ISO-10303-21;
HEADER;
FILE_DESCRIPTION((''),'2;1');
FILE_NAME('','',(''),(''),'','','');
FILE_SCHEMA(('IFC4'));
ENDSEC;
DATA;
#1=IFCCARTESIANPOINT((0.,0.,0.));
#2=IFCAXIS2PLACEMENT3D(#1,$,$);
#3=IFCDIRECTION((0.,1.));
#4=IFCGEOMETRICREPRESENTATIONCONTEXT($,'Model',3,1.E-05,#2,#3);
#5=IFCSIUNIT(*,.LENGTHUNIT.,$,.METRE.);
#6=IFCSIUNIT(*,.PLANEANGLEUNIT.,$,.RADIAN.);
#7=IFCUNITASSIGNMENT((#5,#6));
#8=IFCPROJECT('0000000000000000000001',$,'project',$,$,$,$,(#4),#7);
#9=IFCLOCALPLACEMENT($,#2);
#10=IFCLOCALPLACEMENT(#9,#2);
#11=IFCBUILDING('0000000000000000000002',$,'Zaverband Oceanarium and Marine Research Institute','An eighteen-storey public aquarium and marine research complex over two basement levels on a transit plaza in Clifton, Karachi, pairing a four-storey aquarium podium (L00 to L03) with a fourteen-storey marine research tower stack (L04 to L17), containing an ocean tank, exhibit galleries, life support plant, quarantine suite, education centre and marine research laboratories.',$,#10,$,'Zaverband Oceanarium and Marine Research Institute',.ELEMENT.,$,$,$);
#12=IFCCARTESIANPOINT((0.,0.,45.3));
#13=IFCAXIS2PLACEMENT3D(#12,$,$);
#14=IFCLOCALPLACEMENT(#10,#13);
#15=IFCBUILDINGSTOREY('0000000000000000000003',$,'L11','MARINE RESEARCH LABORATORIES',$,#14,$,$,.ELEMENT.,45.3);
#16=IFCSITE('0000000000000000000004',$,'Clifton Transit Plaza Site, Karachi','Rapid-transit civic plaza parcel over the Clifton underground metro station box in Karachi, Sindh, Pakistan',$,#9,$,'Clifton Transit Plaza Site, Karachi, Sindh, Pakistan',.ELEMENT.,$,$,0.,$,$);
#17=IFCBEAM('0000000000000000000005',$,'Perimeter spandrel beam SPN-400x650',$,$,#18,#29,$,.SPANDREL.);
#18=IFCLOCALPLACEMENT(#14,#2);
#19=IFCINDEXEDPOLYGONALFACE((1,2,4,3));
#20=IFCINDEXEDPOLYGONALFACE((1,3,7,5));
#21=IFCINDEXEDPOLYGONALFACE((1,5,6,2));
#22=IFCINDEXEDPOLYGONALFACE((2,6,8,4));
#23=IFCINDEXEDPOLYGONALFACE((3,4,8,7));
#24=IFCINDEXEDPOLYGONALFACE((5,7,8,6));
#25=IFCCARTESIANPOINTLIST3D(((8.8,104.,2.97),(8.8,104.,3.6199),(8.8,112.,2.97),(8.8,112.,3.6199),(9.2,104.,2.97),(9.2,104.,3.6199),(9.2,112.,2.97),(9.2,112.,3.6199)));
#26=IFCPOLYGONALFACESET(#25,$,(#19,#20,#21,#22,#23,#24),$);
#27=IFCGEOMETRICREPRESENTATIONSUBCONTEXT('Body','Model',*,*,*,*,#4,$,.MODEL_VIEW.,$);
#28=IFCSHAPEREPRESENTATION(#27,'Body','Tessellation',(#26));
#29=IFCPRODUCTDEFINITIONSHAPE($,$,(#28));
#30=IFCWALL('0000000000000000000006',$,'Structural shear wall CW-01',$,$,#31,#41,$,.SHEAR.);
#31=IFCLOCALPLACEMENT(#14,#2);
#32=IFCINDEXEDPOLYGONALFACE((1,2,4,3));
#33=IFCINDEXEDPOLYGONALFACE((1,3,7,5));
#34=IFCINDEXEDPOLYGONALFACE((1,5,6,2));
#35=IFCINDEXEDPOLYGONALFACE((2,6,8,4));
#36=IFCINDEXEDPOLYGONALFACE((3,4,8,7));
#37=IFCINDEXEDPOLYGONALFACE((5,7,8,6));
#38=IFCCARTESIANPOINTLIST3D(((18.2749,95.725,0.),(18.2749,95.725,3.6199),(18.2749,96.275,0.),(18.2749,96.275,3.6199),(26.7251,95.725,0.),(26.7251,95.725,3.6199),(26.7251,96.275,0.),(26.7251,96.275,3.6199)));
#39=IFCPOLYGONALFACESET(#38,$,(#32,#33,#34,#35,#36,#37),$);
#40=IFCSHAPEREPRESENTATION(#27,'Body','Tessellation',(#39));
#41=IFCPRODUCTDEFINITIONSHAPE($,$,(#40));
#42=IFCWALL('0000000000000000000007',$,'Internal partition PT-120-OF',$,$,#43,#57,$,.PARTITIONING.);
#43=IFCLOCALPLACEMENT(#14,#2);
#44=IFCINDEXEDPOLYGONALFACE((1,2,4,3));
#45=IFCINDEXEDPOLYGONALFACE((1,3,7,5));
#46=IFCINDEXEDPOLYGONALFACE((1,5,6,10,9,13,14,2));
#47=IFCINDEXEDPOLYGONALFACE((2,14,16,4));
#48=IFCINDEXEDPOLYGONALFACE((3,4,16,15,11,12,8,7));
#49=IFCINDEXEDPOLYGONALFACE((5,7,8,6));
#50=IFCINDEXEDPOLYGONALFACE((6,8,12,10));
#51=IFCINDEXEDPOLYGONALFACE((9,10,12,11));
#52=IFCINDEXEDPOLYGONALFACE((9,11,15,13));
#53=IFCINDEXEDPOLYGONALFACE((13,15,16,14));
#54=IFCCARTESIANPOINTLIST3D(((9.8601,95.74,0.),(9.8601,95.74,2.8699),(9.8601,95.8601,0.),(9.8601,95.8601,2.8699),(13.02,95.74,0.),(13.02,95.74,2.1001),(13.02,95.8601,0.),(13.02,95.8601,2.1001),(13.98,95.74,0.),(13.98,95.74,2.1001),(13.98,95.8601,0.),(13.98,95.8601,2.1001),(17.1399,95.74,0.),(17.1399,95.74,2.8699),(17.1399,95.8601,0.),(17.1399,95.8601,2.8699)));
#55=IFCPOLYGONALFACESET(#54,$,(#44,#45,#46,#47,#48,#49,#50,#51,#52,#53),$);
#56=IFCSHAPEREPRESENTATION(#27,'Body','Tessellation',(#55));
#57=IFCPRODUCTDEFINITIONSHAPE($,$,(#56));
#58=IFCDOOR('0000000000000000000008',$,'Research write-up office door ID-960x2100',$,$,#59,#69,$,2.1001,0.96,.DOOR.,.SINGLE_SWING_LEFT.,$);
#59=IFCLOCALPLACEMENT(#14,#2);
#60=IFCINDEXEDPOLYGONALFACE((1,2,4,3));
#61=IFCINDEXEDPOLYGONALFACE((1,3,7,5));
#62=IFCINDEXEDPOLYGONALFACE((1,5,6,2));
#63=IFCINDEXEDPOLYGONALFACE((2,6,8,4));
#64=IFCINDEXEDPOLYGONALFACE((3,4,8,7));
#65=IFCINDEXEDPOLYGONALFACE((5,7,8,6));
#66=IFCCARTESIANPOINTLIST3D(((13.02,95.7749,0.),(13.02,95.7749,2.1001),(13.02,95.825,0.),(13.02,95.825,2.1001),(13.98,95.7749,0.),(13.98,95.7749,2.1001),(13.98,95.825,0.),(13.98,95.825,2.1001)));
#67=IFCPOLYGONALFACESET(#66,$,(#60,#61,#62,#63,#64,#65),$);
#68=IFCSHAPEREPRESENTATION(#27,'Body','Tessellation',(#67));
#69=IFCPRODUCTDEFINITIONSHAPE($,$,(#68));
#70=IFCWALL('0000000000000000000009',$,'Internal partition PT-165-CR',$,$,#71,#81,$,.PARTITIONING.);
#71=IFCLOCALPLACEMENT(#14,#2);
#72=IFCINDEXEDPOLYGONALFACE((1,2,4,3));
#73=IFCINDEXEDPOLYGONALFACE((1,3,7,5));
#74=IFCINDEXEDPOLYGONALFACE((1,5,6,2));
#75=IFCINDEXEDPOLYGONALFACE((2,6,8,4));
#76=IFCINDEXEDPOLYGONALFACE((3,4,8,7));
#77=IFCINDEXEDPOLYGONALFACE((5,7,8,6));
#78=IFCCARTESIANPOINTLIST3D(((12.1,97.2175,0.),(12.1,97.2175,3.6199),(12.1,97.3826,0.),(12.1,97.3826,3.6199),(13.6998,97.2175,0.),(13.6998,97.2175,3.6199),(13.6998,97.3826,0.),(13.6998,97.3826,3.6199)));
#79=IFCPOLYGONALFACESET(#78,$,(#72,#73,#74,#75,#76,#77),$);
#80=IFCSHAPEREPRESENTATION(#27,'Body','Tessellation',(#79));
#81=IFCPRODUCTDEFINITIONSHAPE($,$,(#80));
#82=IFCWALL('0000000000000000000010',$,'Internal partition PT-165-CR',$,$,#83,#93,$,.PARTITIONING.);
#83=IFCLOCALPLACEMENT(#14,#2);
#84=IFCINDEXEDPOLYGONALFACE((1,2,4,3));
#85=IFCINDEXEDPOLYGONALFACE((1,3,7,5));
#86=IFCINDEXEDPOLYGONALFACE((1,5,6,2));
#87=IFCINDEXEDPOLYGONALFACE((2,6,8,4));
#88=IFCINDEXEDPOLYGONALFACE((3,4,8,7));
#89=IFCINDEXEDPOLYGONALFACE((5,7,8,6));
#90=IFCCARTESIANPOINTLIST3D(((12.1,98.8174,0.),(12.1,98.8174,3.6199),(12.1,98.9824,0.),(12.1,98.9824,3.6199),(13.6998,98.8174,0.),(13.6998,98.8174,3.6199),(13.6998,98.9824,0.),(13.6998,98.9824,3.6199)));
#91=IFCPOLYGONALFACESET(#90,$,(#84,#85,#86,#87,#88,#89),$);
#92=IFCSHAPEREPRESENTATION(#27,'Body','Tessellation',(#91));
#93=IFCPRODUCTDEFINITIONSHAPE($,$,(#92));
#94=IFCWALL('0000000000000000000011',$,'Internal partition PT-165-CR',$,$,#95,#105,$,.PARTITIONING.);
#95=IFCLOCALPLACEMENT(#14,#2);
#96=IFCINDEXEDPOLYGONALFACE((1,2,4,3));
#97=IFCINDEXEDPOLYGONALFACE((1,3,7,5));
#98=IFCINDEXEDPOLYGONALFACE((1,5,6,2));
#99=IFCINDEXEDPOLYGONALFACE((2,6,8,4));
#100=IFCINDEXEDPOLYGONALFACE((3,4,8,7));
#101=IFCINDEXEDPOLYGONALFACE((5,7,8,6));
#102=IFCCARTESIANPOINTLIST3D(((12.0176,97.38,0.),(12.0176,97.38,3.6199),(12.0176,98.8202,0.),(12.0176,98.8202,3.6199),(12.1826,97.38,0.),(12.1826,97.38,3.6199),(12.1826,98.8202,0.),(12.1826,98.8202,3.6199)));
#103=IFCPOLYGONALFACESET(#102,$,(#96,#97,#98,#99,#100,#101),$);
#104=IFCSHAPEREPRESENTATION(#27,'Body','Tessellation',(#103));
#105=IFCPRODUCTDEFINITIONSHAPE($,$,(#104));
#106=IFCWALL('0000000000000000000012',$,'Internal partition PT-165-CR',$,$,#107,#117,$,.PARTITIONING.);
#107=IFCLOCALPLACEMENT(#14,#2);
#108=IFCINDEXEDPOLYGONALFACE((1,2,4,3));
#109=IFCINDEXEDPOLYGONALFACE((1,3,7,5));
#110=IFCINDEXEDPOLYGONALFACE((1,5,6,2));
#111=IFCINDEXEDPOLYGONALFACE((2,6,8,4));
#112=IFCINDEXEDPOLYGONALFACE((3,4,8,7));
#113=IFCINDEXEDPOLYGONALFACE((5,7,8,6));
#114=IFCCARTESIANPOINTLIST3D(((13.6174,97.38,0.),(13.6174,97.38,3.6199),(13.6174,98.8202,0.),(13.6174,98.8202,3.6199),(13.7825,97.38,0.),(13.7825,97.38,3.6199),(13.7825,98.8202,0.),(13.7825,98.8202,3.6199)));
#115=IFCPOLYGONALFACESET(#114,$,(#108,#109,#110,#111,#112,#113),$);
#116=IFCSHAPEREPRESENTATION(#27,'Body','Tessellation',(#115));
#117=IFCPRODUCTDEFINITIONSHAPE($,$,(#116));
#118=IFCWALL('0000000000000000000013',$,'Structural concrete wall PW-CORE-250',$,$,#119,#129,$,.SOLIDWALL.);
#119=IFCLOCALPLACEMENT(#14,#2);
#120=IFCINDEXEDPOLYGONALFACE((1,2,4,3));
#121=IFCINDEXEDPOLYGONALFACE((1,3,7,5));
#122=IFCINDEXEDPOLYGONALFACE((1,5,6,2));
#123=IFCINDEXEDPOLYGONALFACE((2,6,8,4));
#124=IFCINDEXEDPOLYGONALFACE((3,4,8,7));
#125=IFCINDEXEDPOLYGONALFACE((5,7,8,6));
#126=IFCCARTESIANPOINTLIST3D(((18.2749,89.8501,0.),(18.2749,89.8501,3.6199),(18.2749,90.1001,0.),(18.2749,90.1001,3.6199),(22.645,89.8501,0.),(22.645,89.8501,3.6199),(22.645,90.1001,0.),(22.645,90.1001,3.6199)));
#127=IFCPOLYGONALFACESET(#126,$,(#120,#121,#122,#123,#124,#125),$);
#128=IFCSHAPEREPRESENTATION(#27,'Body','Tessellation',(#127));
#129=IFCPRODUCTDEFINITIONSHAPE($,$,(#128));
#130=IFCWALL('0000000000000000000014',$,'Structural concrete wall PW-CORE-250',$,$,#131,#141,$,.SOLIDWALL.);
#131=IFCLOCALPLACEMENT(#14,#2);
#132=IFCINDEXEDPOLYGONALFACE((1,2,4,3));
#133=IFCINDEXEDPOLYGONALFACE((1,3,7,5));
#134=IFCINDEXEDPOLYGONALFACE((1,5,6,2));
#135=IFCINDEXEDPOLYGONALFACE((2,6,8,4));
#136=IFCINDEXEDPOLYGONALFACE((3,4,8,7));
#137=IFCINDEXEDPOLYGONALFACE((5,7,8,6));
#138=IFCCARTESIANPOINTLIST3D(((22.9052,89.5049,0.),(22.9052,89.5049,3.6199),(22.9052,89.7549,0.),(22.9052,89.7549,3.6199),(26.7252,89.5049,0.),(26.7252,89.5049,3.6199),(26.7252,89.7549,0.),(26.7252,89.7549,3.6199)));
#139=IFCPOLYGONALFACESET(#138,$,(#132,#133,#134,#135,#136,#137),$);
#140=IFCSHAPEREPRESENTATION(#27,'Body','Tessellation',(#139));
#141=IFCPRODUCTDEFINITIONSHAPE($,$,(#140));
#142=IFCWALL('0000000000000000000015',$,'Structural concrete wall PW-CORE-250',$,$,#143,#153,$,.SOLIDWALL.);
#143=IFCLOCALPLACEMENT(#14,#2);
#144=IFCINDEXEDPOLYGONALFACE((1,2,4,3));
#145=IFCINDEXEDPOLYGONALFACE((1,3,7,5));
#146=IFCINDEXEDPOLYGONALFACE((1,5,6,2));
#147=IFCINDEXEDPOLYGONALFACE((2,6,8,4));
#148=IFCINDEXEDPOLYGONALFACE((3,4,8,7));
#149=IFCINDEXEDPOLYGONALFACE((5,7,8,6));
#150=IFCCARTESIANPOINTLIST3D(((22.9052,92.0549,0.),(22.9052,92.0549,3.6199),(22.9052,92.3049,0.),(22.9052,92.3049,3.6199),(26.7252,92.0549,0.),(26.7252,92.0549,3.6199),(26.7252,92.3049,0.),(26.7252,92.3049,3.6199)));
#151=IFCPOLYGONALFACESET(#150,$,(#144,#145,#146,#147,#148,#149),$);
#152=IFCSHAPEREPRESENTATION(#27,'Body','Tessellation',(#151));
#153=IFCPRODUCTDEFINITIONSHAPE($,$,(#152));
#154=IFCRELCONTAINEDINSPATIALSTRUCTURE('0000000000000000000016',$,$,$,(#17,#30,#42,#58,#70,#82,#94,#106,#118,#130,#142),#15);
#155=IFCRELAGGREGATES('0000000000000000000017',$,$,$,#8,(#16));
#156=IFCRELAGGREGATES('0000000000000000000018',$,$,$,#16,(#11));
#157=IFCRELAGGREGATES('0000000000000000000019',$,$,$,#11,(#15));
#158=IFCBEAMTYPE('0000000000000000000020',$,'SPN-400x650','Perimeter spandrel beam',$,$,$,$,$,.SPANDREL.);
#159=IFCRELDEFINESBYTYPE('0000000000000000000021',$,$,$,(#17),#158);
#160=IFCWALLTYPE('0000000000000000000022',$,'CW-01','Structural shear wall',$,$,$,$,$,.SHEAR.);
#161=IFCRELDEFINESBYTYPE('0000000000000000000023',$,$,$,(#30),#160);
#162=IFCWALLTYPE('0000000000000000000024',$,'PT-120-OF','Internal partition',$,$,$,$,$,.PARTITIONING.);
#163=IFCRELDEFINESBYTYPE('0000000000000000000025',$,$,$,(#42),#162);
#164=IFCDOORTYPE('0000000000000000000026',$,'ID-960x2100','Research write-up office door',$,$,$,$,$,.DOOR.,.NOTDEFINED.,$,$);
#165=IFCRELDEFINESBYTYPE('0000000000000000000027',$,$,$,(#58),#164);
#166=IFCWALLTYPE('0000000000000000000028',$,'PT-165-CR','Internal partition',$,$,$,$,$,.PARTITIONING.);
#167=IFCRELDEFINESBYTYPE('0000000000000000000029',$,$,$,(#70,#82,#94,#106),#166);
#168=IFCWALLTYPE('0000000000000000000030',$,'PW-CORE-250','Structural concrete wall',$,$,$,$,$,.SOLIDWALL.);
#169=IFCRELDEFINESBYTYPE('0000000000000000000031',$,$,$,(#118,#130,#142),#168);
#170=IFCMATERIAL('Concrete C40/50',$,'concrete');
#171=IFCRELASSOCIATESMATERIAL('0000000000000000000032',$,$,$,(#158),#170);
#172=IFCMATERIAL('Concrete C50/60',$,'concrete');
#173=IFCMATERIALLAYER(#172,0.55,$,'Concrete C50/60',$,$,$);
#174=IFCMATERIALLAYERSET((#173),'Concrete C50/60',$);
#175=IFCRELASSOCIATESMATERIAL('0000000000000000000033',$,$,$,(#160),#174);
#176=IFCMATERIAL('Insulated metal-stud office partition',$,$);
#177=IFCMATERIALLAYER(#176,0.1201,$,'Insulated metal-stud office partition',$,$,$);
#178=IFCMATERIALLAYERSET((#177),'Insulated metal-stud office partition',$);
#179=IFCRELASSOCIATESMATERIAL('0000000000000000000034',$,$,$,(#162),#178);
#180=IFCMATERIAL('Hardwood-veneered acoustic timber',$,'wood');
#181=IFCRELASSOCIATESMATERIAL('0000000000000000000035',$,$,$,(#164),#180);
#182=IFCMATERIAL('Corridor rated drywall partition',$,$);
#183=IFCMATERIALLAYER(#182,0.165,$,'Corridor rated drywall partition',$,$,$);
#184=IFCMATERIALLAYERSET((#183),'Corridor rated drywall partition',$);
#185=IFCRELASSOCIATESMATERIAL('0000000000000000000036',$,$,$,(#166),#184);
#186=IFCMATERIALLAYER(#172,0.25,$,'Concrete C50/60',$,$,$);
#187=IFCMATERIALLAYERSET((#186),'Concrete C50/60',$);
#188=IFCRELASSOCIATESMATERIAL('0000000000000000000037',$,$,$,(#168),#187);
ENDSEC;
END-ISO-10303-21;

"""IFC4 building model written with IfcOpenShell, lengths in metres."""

from ifc_helpers import new_model, si_unit, direction, frame, frame_2d, origin, origin_2d, place, context, subcontext, project, spatial, rectangle, extrude, material, layer, layer_set, material_profile, profile_set, type_object, element, fill, save


model = new_model("IFC4")

# Units and contexts
model_context = context("Model", 3, precision=1e-05, world=origin(), true_north=direction((0.0, 1.0)))
body_context = subcontext(model_context, "Body", "Model", "MODEL_VIEW")
ifc_project = project(units=[si_unit("LENGTHUNIT", "METRE"), si_unit("PLANEANGLEUNIT", "RADIAN")], contexts=[model_context])

# Site, building, storey
site_placement = place(None, origin())
site = spatial("IfcSite", under=ifc_project, at=site_placement, Name="Clifton Transit Plaza Site, Karachi", Description="Rapid-transit civic plaza parcel over the Clifton underground metro station box in Karachi, Sindh, Pakistan", LongName="Clifton Transit Plaza Site, Karachi, Sindh, Pakistan", CompositionType="ELEMENT", RefElevation=0.0)
building_placement = place(site_placement, origin())
building = spatial("IfcBuilding", under=site, at=building_placement, Name="Zaverband Oceanarium and Marine Research Institute", Description="An eighteen-storey public aquarium and marine research complex over two basement levels on a transit plaza in Clifton, Karachi, pairing a four-storey aquarium podium (L00 to L03) with a fourteen-storey marine research tower stack (L04 to L17), containing an ocean tank, exhibit galleries, life support plant, quarantine suite, education centre and marine research laboratories.", LongName="Zaverband Oceanarium and Marine Research Institute", CompositionType="ELEMENT")
storey_placement = place(building_placement, frame((0.0, 0.0, 45.3)))
storey = spatial("IfcBuildingStorey", under=building, at=storey_placement, Name="L11", Description="MARINE RESEARCH LABORATORIES", CompositionType="ELEMENT", Elevation=45.3)

# Shared definitions
ifc_material_1 = material(Name="Concrete C50/60", Category="concrete")

# Shared definitions
ifc_material_2 = material(Name="Concrete C40/50", Category="concrete")

# Beam
ifc_material_profile_1 = material_profile(ifc_material_2, rectangle(XDim=0.3999, YDim=0.6499, at=origin_2d()), Name="RC400x650")
ifc_profile_set_1 = profile_set([ifc_material_profile_1], Name="Concrete C40/50")
beam_type_1 = type_object("IfcBeamType", Name="SPN-400x650", Description="Perimeter spandrel beam", PredefinedType="SPANDREL", material=ifc_profile_set_1)
beam_1_placement = place(storey_placement, frame((9.0, 104.0, 3.2949), z_axis=(0.0, 1.0, 0.0), x_axis=(-1.0, 0.0, 0.0)))
element("IfcBeam", 1, at=beam_1_placement, inside=storey, type_object=beam_type_1, Name="Perimeter spandrel beam SPN-400x650", PredefinedType="SPANDREL", context=body_context, shape_type="SweptSolid", body=[
    extrude(rectangle(XDim=0.3999, YDim=0.6499, at=origin_2d()), origin(), (0.0, 0.0, 1.0), 8.0),
])

# Wall
ifc_layer_1 = layer(ifc_material_1, 0.55, Name="Concrete C50/60")
ifc_layer_set_1 = layer_set([ifc_layer_1], Name="Concrete C50/60")
wall_type_1 = type_object("IfcWallType", Name="CW-01", Description="Structural shear wall", PredefinedType="SHEAR", material=ifc_layer_set_1)
wall_1_placement = place(storey_placement, frame((18.2749, 96.0, 0.0), z_axis=(0.0, 0.0, 1.0), x_axis=(1.0, 0.0, 0.0)))
element("IfcWall", 2, at=wall_1_placement, inside=storey, type_object=wall_type_1, Name="Structural shear wall CW-01", PredefinedType="SHEAR", context=body_context, shape_type="SweptSolid", body=[
    extrude(rectangle(XDim=8.4502, YDim=0.55, at=frame_2d((4.2251, 0.0))), origin(), (0.0, 0.0, 1.0), 3.6199),
])

# Wall, opening, door
ifc_material_3 = material(Name="Insulated metal-stud office partition")
ifc_layer_2 = layer(ifc_material_3, 0.1201, Name="Insulated metal-stud office partition")
ifc_layer_set_2 = layer_set([ifc_layer_2], Name="Insulated metal-stud office partition")
wall_type_2 = type_object("IfcWallType", Name="PT-120-OF", Description="Internal partition", PredefinedType="PARTITIONING", material=ifc_layer_set_2)
wall_2_placement = place(storey_placement, frame((9.8601, 95.8, 0.0), z_axis=(0.0, 0.0, 1.0), x_axis=(1.0, 0.0, 0.0)))
wall_2 = element("IfcWall", 3, at=wall_2_placement, inside=storey, type_object=wall_type_2, Name="Internal partition PT-120-OF", PredefinedType="PARTITIONING", context=body_context, shape_type="SweptSolid", body=[
    extrude(rectangle(XDim=7.2798, YDim=0.1201, at=frame_2d((3.6399, 0.0))), origin(), (0.0, 0.0, 1.0), 2.8699),
])
opening_placement = place(wall_2_placement, frame((3.1599, 0.0, 0.0)))
opening = element("IfcOpeningElement", 4, at=opening_placement, cuts=wall_2, PredefinedType="OPENING", context=body_context, shape_type="SweptSolid", body=[
    extrude(rectangle(XDim=0.96, YDim=2.1001, at=frame_2d((0.48, 1.05))), frame((0.0, 0.072, 0.0), z_axis=(0.0, -1.0, 0.0), x_axis=(1.0, 0.0, 0.0)), (0.0, 0.0, 1.0), 0.144),
])
ifc_material_4 = material(Name="Hardwood-veneered acoustic timber", Category="wood")
door_type = type_object("IfcDoorType", Name="ID-960x2100", Description="Research write-up office door", OperationType="NOTDEFINED", PredefinedType="DOOR", material=ifc_material_4)
door_placement = place(opening_placement, origin())
door = element("IfcDoor", 5, at=door_placement, inside=storey, type_object=door_type, Name="Research write-up office door ID-960x2100", OperationType="SINGLE_SWING_LEFT", OverallHeight=2.1001, OverallWidth=0.96, PredefinedType="DOOR", context=body_context, shape_type="SweptSolid", body=[
    extrude(rectangle(XDim=0.96, YDim=2.1001, at=frame_2d((0.48, 1.05))), frame((0.0, 0.0249, 0.0), z_axis=(0.0, -1.0, 0.0), x_axis=(1.0, 0.0, 0.0)), (0.0, 0.0, 1.0), 0.05),
])
fill(opening, door)

# Walls
ifc_material_5 = material(Name="Corridor rated drywall partition")
ifc_layer_3 = layer(ifc_material_5, 0.165, Name="Corridor rated drywall partition")
ifc_layer_set_3 = layer_set([ifc_layer_3], Name="Corridor rated drywall partition")
wall_type_3 = type_object("IfcWallType", Name="PT-165-CR", Description="Internal partition", PredefinedType="PARTITIONING", material=ifc_layer_set_3)
for number, where, z_axis, x_axis, name in (
    (6, (12.1001, 97.3, 0.0), (0.0, 0.0, 1.0), (1.0, 0.0, 0.0), "Internal partition PT-165-CR"),
    (7, (12.1001, 98.8999, 0.0), (0.0, 0.0, 1.0), (1.0, 0.0, 0.0), "Internal partition PT-165-CR"),
):
    element("IfcWall", number, at=place(storey_placement, frame(where, z_axis=z_axis, x_axis=x_axis)), inside=storey, type_object=wall_type_3, Name=name, PredefinedType="PARTITIONING", context=body_context, shape_type="SweptSolid", body=[
        extrude(rectangle(XDim=1.5999, YDim=0.165, at=frame_2d((0.7998, 0.0))), origin(), (0.0, 0.0, 1.0), 3.6199),
    ])
for number, where, z_axis, x_axis, name in (
    (8, (12.1001, 97.3799, 0.0), (0.0, 0.0, 1.0), (0.0, 1.0, 0.0), "Internal partition PT-165-CR"),
    (9, (13.7, 97.3799, 0.0), (0.0, 0.0, 1.0), (0.0, 1.0, 0.0), "Internal partition PT-165-CR"),
):
    element("IfcWall", number, at=place(storey_placement, frame(where, z_axis=z_axis, x_axis=x_axis)), inside=storey, type_object=wall_type_3, Name=name, PredefinedType="PARTITIONING", context=body_context, shape_type="SweptSolid", body=[
        extrude(rectangle(XDim=1.4402, YDim=0.165, at=frame_2d((0.7202, 0.0))), origin(), (0.0, 0.0, 1.0), 3.6199),
    ])
ifc_layer_4 = layer(ifc_material_1, 0.25, Name="Concrete C50/60")
ifc_layer_set_4 = layer_set([ifc_layer_4], Name="Concrete C50/60")
wall_type_4 = type_object("IfcWallType", Name="PW-CORE-250", Description="Structural concrete wall", PredefinedType="SOLIDWALL", material=ifc_layer_set_4)
wall_3_placement = place(storey_placement, frame((18.2749, 89.9751, 0.0), z_axis=(0.0, 0.0, 1.0), x_axis=(1.0, 0.0, 0.0)))
element("IfcWall", 10, at=wall_3_placement, inside=storey, type_object=wall_type_4, Name="Structural concrete wall PW-CORE-250", PredefinedType="SOLIDWALL", context=body_context, shape_type="SweptSolid", body=[
    extrude(rectangle(XDim=4.3701, YDim=0.25, at=frame_2d((2.1851, 0.0))), origin(), (0.0, 0.0, 1.0), 3.6199),
])
for number, where, z_axis, x_axis, name in (
    (11, (22.905, 89.6299, 0.0), (0.0, 0.0, 1.0), (1.0, 0.0, 0.0), "Structural concrete wall PW-CORE-250"),
    (12, (22.905, 92.1799, 0.0), (0.0, 0.0, 1.0), (1.0, 0.0, 0.0), "Structural concrete wall PW-CORE-250"),
):
    element("IfcWall", number, at=place(storey_placement, frame(where, z_axis=z_axis, x_axis=x_axis)), inside=storey, type_object=wall_type_4, Name=name, PredefinedType="SOLIDWALL", context=body_context, shape_type="SweptSolid", body=[
        extrude(rectangle(XDim=3.8201, YDim=0.25, at=frame_2d((1.9102, 0.0))), origin(), (0.0, 0.0, 1.0), 3.6199),
    ])

save(model, "model.ifc")
